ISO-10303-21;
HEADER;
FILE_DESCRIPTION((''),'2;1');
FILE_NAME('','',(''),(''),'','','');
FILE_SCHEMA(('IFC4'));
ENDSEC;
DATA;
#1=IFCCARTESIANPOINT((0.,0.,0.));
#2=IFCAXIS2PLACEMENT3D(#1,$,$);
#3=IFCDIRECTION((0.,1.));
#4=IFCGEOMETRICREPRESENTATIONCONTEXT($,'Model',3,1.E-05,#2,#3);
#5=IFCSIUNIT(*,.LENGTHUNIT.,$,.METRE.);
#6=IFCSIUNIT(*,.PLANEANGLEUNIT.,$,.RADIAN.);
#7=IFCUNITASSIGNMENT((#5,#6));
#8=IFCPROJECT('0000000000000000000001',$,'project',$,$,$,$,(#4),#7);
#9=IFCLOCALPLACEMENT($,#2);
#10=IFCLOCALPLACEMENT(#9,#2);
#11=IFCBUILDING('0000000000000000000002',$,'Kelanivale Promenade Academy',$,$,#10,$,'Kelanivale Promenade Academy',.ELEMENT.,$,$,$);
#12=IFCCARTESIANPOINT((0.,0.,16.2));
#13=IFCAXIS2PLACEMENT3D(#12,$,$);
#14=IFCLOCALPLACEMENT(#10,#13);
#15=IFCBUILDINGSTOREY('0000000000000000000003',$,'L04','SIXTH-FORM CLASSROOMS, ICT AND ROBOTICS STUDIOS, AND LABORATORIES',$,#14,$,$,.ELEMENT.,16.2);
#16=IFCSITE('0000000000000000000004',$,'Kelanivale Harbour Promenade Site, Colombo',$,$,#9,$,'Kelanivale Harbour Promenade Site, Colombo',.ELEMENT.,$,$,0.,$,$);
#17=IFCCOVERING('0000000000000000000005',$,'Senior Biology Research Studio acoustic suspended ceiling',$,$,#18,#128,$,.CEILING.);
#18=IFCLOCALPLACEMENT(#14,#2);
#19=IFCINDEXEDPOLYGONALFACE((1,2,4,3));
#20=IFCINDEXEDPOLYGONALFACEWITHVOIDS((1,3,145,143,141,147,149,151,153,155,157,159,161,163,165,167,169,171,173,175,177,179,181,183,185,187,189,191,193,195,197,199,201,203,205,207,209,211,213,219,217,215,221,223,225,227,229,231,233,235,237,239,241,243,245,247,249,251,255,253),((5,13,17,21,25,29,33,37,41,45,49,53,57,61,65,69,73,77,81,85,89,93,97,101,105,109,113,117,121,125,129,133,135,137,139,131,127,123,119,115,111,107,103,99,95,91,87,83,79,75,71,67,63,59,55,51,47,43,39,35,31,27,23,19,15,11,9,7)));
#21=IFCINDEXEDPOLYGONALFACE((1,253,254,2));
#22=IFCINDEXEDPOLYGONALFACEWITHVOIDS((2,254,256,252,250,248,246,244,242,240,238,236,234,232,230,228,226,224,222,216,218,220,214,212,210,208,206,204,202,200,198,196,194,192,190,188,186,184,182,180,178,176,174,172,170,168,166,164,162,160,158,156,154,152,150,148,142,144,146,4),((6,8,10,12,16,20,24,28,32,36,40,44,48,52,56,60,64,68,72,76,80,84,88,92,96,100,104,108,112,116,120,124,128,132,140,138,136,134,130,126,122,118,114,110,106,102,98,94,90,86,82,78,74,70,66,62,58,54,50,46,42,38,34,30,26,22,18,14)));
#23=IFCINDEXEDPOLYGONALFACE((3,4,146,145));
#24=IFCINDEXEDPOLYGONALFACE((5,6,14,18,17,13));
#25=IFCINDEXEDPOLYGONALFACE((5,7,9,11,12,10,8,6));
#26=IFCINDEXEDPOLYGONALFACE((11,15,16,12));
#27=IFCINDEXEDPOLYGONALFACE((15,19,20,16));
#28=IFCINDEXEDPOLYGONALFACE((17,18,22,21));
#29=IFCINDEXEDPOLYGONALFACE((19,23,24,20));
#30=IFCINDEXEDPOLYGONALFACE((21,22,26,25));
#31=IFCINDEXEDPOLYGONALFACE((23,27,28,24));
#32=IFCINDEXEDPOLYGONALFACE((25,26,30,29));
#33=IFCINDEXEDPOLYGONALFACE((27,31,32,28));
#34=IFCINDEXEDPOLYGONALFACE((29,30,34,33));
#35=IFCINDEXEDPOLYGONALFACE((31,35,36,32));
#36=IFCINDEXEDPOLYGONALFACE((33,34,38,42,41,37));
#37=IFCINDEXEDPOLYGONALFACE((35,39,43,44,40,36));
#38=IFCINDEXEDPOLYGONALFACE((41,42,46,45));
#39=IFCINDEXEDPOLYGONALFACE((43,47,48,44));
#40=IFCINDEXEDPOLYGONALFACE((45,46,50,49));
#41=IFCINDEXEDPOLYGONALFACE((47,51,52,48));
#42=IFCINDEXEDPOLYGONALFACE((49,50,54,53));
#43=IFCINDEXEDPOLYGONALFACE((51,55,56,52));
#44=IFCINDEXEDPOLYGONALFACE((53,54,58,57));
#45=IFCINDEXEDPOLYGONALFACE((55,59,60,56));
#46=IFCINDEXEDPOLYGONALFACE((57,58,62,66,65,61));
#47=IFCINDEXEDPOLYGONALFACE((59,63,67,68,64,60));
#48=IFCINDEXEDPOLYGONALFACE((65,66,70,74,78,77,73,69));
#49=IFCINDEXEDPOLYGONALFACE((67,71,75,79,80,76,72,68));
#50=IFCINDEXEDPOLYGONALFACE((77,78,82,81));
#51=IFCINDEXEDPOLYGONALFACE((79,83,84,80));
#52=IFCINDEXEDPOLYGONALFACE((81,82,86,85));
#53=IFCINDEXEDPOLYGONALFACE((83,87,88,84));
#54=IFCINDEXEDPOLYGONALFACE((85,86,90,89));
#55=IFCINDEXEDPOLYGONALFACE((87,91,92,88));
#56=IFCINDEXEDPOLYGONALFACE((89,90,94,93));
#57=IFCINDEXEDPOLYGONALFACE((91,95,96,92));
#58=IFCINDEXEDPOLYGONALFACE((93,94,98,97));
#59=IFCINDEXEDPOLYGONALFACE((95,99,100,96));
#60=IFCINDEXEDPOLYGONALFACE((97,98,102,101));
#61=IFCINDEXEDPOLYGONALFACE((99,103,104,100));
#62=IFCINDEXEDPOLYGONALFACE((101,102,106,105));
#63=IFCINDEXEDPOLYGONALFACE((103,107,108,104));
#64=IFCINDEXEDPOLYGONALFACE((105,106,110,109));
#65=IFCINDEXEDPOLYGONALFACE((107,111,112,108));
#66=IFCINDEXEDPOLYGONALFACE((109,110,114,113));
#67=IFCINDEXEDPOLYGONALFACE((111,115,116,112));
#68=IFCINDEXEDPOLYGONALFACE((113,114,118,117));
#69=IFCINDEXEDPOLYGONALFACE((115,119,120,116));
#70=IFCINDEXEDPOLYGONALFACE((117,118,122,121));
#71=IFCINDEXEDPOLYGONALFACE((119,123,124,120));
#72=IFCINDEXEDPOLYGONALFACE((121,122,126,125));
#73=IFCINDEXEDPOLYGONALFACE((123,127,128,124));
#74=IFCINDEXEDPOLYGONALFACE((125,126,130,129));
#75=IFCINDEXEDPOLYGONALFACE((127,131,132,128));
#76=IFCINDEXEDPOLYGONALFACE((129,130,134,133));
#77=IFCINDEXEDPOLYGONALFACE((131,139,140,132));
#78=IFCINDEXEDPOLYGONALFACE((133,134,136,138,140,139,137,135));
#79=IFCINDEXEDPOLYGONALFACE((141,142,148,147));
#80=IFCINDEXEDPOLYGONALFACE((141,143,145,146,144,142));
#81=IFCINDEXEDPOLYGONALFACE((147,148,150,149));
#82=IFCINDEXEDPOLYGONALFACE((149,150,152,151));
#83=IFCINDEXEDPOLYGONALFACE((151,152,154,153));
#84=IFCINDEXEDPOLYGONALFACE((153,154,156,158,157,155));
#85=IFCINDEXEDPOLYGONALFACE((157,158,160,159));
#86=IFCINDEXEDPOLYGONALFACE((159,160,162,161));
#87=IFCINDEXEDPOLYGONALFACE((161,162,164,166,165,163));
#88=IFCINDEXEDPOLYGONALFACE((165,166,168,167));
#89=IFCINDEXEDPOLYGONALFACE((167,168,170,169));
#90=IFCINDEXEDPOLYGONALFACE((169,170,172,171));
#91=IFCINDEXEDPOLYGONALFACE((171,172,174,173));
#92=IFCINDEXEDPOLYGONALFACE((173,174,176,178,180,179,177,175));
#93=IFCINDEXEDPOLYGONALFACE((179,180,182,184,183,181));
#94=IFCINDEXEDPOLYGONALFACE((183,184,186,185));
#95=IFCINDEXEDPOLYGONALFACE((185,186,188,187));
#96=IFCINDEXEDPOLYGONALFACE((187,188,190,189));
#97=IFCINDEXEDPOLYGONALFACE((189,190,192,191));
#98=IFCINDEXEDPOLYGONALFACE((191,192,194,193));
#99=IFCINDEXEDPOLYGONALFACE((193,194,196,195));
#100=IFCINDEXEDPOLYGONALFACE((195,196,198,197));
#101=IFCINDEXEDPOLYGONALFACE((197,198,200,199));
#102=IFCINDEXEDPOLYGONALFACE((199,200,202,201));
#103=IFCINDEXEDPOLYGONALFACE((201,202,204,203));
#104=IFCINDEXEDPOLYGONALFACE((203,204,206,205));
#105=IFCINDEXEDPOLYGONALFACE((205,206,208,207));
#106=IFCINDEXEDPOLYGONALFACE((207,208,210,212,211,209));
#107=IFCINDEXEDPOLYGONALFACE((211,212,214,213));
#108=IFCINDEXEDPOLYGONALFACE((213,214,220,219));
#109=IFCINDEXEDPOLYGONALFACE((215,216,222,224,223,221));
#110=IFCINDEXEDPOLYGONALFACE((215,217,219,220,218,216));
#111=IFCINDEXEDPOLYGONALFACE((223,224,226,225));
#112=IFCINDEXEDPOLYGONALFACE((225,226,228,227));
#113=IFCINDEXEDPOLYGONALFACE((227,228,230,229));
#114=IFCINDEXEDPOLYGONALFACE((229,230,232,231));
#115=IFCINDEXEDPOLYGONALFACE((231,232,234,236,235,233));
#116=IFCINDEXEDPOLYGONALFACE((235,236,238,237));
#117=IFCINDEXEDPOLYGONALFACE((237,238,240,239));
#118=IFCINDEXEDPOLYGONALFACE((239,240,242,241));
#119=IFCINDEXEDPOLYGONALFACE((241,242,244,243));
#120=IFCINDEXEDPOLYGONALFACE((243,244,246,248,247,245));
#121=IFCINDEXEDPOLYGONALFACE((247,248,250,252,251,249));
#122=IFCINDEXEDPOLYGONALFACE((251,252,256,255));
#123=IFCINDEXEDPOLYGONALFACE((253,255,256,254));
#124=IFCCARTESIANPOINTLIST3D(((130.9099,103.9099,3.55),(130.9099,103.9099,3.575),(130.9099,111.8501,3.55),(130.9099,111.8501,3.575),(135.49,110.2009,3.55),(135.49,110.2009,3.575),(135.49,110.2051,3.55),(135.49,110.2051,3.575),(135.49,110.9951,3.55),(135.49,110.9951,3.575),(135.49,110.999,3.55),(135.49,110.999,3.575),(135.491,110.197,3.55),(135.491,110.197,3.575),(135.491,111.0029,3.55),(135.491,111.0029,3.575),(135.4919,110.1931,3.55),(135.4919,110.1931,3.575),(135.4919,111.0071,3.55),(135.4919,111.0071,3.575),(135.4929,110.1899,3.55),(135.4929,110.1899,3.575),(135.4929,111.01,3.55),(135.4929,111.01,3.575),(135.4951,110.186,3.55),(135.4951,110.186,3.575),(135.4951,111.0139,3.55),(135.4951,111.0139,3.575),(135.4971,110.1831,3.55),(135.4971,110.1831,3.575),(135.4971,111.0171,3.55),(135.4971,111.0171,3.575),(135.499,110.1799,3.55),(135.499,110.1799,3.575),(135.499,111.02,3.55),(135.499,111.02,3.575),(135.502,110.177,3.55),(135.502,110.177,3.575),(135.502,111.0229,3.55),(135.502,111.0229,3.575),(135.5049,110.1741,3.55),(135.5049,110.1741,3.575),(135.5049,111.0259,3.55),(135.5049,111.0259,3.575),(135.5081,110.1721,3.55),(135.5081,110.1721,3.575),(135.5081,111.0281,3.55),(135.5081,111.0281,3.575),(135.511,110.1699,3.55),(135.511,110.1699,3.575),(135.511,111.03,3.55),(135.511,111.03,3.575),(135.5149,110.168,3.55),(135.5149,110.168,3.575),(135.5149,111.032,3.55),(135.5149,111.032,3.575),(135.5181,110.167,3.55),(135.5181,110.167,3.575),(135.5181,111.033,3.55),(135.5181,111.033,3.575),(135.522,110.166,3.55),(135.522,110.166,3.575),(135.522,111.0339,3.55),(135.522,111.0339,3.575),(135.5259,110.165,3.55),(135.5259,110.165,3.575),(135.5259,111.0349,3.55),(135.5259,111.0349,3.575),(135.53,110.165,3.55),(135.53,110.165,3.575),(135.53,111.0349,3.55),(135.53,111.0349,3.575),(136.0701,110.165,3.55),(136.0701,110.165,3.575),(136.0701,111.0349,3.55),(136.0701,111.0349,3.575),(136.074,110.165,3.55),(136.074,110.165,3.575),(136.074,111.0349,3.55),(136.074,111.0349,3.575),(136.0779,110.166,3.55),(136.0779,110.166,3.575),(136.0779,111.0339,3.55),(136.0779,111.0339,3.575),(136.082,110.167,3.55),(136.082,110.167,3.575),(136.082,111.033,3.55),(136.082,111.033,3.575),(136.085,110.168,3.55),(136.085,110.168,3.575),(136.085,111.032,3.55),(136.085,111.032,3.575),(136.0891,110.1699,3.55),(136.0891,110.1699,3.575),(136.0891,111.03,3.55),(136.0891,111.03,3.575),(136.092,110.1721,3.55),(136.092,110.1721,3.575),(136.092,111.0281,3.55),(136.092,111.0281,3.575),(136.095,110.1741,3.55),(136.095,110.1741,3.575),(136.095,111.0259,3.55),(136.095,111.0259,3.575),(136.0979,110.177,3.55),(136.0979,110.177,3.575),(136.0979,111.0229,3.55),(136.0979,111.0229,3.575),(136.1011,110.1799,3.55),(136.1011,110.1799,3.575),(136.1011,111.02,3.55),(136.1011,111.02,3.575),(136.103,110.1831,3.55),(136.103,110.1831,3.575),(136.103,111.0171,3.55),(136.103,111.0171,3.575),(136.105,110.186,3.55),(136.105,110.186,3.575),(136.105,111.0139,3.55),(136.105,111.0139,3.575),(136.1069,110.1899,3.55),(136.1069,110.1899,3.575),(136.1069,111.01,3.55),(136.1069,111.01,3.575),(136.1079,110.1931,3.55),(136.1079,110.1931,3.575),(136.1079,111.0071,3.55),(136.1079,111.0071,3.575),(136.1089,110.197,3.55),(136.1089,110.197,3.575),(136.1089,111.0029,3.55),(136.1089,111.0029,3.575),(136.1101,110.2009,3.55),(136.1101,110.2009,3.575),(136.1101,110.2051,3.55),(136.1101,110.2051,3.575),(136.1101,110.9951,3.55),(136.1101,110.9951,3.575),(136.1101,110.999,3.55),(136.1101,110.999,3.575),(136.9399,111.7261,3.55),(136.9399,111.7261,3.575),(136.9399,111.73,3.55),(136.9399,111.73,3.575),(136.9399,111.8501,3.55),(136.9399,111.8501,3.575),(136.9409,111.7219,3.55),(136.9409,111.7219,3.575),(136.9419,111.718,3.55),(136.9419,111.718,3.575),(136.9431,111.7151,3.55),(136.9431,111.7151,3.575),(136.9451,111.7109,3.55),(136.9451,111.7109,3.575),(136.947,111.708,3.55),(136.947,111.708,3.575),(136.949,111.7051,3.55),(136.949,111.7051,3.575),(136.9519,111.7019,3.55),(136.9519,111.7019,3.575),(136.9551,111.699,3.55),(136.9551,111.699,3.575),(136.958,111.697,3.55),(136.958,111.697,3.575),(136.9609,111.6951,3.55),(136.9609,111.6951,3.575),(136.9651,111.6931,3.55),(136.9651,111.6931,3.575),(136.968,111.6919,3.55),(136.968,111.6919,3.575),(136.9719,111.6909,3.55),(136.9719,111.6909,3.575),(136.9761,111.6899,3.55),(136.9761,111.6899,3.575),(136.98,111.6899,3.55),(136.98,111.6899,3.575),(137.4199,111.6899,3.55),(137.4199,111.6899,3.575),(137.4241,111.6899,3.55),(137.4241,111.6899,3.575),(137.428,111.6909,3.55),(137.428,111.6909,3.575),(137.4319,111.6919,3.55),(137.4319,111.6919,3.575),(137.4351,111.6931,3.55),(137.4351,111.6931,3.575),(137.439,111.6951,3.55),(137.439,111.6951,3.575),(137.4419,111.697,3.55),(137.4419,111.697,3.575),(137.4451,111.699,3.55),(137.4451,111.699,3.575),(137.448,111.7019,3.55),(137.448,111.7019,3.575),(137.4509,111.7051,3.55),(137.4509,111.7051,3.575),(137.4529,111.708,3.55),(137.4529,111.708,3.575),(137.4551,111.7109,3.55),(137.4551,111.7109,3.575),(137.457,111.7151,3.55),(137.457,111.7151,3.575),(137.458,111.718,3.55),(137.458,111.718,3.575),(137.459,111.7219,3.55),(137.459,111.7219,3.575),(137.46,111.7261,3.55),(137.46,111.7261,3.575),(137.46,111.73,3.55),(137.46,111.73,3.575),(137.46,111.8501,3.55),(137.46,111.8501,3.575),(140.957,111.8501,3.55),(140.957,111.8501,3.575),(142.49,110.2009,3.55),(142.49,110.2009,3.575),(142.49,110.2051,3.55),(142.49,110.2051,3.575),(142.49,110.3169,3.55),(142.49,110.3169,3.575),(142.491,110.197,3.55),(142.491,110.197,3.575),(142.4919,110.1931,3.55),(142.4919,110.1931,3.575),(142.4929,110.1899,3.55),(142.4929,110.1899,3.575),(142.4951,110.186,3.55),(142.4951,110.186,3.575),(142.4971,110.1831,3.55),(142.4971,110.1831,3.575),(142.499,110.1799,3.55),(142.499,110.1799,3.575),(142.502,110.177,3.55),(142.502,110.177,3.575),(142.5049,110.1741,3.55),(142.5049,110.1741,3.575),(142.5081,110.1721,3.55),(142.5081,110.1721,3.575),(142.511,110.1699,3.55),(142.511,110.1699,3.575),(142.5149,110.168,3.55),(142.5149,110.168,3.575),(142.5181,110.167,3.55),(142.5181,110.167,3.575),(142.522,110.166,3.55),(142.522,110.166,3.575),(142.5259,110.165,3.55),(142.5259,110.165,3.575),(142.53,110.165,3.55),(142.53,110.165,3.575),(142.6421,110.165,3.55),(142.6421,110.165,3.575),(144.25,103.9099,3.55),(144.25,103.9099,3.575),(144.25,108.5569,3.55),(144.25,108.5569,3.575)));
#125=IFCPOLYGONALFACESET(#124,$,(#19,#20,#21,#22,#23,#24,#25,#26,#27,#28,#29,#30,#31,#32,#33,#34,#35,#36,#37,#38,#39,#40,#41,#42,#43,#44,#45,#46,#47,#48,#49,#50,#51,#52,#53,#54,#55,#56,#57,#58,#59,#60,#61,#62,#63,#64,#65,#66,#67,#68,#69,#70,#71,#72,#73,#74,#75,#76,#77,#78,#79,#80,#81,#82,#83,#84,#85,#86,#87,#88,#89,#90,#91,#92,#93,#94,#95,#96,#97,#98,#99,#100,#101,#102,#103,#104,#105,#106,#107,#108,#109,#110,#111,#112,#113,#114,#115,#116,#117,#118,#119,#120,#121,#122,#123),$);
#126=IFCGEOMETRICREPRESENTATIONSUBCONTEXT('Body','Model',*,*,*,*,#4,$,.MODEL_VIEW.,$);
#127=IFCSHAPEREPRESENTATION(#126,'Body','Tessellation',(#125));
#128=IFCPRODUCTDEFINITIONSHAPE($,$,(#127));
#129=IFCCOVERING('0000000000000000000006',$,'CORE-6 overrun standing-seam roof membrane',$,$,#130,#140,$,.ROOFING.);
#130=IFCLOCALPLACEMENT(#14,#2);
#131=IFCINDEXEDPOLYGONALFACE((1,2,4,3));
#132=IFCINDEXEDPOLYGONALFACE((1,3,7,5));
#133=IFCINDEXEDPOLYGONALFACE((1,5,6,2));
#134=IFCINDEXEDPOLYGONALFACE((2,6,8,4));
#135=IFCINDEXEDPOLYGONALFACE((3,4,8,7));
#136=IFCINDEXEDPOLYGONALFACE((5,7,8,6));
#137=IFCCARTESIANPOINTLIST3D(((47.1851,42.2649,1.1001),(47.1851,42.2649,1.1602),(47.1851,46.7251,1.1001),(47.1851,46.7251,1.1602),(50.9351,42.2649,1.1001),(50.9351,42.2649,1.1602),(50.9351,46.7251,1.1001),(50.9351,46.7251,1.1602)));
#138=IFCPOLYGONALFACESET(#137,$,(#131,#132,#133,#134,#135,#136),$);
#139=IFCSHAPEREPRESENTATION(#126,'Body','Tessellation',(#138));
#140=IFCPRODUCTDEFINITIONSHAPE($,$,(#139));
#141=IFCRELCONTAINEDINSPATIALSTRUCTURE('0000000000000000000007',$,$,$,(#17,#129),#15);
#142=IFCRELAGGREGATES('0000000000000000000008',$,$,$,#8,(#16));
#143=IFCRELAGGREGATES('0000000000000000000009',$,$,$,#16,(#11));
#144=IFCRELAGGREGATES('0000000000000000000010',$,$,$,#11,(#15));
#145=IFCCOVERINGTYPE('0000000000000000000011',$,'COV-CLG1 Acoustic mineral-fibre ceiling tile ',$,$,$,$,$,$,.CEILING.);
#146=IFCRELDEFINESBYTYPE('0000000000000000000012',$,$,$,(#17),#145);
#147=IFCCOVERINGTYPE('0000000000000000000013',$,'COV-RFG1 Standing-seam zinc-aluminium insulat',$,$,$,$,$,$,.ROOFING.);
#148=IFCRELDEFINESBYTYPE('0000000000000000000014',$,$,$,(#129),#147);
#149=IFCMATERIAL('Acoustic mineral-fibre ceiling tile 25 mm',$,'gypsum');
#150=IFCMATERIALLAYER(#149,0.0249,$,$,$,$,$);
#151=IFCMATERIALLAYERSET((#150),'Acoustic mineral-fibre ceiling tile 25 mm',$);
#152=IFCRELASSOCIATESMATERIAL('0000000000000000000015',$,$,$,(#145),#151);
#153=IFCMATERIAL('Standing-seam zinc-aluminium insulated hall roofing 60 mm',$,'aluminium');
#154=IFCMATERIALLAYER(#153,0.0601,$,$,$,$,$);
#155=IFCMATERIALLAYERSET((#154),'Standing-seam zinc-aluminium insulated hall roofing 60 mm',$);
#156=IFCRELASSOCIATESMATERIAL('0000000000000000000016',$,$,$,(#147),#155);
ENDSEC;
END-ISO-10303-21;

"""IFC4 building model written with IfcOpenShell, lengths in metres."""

from ifc_helpers import new_model, si_unit, direction, frame, origin, place, context, subcontext, project, spatial, polyline, outline, extrude, material, layer, layer_set, type_object, element, save


model = new_model("IFC4")

# Units and contexts
model_context = context("Model", 3, precision=1e-05, world=origin(), true_north=direction((0.0, 1.0)))
body_context = subcontext(model_context, "Body", "Model", "MODEL_VIEW")
ifc_project = project(units=[si_unit("LENGTHUNIT", "METRE"), si_unit("PLANEANGLEUNIT", "RADIAN")], contexts=[model_context])

# Site, building, storey
site_placement = place(None, origin())
site = spatial("IfcSite", under=ifc_project, at=site_placement, Name="Kelanivale Harbour Promenade Site, Colombo", LongName="Kelanivale Harbour Promenade Site, Colombo", CompositionType="ELEMENT", RefElevation=0.0)
building_placement = place(site_placement, origin())
building = spatial("IfcBuilding", under=site, at=building_placement, Name="Kelanivale Promenade Academy", LongName="Kelanivale Promenade Academy", CompositionType="ELEMENT")
storey_placement = place(building_placement, frame((0.0, 0.0, 16.2)))
storey = spatial("IfcBuildingStorey", under=building, at=storey_placement, Name="L04", Description="SIXTH-FORM CLASSROOMS, ICT AND ROBOTICS STUDIOS, AND LABORATORIES", CompositionType="ELEMENT", Elevation=16.2)

# Coverings
ifc_material_1 = material(Name="Acoustic mineral-fibre ceiling tile 25 mm", Category="gypsum")
ifc_layer_1 = layer(ifc_material_1, 0.0249)
ifc_layer_set_1 = layer_set([ifc_layer_1], Name="Acoustic mineral-fibre ceiling tile 25 mm")
covering_type_1 = type_object("IfcCoveringType", Name="COV-CLG1 Acoustic mineral-fibre ceiling tile ", PredefinedType="CEILING", material=ifc_layer_set_1)
covering_1_placement = place(storey_placement, frame((0.0, 0.0, 3.55)))
element("IfcCovering", 1, at=covering_1_placement, inside=storey, type_object=covering_type_1, Name="Senior Biology Research Studio acoustic suspended ceiling", PredefinedType="CEILING", context=body_context, shape_type="SweptSolid", body=[
    extrude(outline(polyline([(144.25, 108.5569), (142.6421, 110.165), (142.53, 110.165), (142.5259, 110.165), (142.522, 110.166), (142.5181, 110.167), (142.5149, 110.168), (142.511, 110.1699), (142.5081, 110.1721), (142.5049, 110.1741), (142.502, 110.177), (142.499, 110.1799), (142.4971, 110.1831), (142.4951, 110.186), (142.4929, 110.1899), (142.4919, 110.1931), (142.491, 110.197), (142.49, 110.2009), (142.49, 110.2051), (142.49, 110.3169), (140.957, 111.8501), (137.46, 111.8501), (137.46, 111.73), (137.46, 111.7261), (137.459, 111.7219), (137.458, 111.718), (137.457, 111.7151), (137.4551, 111.7109), (137.4529, 111.708), (137.4509, 111.7051), (137.448, 111.7019), (137.4451, 111.699), (137.4419, 111.697), (137.439, 111.6951), (137.4351, 111.6931), (137.4319, 111.6919), (137.428, 111.6909), (137.4241, 111.6899), (137.4199, 111.6899), (136.98, 111.6899), (136.9761, 111.6899), (136.9719, 111.6909), (136.968, 111.6919), (136.9651, 111.6931), (136.9609, 111.6951), (136.958, 111.697), (136.9551, 111.699), (136.9519, 111.7019), (136.949, 111.7051), (136.947, 111.708), (136.9451, 111.7109), (136.9431, 111.7151), (136.9419, 111.718), (136.9409, 111.7219), (136.9399, 111.7261), (136.9399, 111.73), (136.9399, 111.8501), (130.9099, 111.8501), (130.9099, 103.9099), (144.25, 103.9099), (144.25, 108.5569)]), holes=[polyline([(136.0701, 111.0349), (136.074, 111.0349), (136.0779, 111.0339), (136.082, 111.033), (136.085, 111.032), (136.0891, 111.03), (136.092, 111.0281), (136.095, 111.0259), (136.0979, 111.0229), (136.1011, 111.02), (136.103, 111.0171), (136.105, 111.0139), (136.1069, 111.01), (136.1079, 111.0071), (136.1089, 111.0029), (136.1101, 110.999), (136.1101, 110.9951), (136.1101, 110.2051), (136.1101, 110.2009), (136.1089, 110.197), (136.1079, 110.1931), (136.1069, 110.1899), (136.105, 110.186), (136.103, 110.1831), (136.1011, 110.1799), (136.0979, 110.177), (136.095, 110.1741), (136.092, 110.1721), (136.0891, 110.1699), (136.085, 110.168), (136.082, 110.167), (136.0779, 110.166), (136.074, 110.165), (136.0701, 110.165), (135.53, 110.165), (135.5259, 110.165), (135.522, 110.166), (135.5181, 110.167), (135.5149, 110.168), (135.511, 110.1699), (135.5081, 110.1721), (135.5049, 110.1741), (135.502, 110.177), (135.499, 110.1799), (135.4971, 110.1831), (135.4951, 110.186), (135.4929, 110.1899), (135.4919, 110.1931), (135.491, 110.197), (135.49, 110.2009), (135.49, 110.2051), (135.49, 110.9951), (135.49, 110.999), (135.491, 111.0029), (135.4919, 111.0071), (135.4929, 111.01), (135.4951, 111.0139), (135.4971, 111.0171), (135.499, 111.02), (135.502, 111.0229), (135.5049, 111.0259), (135.5081, 111.0281), (135.511, 111.03), (135.5149, 111.032), (135.5181, 111.033), (135.522, 111.0339), (135.5259, 111.0349), (135.53, 111.0349), (136.0701, 111.0349)])]), origin(), (0.0, 0.0, 1.0), 0.0249),
])
ifc_material_2 = material(Name="Standing-seam zinc-aluminium insulated hall roofing 60 mm", Category="aluminium")
ifc_layer_2 = layer(ifc_material_2, 0.0601)
ifc_layer_set_2 = layer_set([ifc_layer_2], Name="Standing-seam zinc-aluminium insulated hall roofing 60 mm")
covering_type_2 = type_object("IfcCoveringType", Name="COV-RFG1 Standing-seam zinc-aluminium insulat", PredefinedType="ROOFING", material=ifc_layer_set_2)
covering_2_placement = place(storey_placement, frame((0.0, 0.0, 1.1001)))
element("IfcCovering", 2, at=covering_2_placement, inside=storey, type_object=covering_type_2, Name="CORE-6 overrun standing-seam roof membrane", PredefinedType="ROOFING", context=body_context, shape_type="SweptSolid", body=[
    extrude(outline(polyline([(47.1851, 42.2649), (50.9351, 42.2649), (50.9351, 46.7251), (47.1851, 46.7251), (47.1851, 42.2649)])), origin(), (0.0, 0.0, 1.0), 0.0601),
])

save(model, "model.ifc")
